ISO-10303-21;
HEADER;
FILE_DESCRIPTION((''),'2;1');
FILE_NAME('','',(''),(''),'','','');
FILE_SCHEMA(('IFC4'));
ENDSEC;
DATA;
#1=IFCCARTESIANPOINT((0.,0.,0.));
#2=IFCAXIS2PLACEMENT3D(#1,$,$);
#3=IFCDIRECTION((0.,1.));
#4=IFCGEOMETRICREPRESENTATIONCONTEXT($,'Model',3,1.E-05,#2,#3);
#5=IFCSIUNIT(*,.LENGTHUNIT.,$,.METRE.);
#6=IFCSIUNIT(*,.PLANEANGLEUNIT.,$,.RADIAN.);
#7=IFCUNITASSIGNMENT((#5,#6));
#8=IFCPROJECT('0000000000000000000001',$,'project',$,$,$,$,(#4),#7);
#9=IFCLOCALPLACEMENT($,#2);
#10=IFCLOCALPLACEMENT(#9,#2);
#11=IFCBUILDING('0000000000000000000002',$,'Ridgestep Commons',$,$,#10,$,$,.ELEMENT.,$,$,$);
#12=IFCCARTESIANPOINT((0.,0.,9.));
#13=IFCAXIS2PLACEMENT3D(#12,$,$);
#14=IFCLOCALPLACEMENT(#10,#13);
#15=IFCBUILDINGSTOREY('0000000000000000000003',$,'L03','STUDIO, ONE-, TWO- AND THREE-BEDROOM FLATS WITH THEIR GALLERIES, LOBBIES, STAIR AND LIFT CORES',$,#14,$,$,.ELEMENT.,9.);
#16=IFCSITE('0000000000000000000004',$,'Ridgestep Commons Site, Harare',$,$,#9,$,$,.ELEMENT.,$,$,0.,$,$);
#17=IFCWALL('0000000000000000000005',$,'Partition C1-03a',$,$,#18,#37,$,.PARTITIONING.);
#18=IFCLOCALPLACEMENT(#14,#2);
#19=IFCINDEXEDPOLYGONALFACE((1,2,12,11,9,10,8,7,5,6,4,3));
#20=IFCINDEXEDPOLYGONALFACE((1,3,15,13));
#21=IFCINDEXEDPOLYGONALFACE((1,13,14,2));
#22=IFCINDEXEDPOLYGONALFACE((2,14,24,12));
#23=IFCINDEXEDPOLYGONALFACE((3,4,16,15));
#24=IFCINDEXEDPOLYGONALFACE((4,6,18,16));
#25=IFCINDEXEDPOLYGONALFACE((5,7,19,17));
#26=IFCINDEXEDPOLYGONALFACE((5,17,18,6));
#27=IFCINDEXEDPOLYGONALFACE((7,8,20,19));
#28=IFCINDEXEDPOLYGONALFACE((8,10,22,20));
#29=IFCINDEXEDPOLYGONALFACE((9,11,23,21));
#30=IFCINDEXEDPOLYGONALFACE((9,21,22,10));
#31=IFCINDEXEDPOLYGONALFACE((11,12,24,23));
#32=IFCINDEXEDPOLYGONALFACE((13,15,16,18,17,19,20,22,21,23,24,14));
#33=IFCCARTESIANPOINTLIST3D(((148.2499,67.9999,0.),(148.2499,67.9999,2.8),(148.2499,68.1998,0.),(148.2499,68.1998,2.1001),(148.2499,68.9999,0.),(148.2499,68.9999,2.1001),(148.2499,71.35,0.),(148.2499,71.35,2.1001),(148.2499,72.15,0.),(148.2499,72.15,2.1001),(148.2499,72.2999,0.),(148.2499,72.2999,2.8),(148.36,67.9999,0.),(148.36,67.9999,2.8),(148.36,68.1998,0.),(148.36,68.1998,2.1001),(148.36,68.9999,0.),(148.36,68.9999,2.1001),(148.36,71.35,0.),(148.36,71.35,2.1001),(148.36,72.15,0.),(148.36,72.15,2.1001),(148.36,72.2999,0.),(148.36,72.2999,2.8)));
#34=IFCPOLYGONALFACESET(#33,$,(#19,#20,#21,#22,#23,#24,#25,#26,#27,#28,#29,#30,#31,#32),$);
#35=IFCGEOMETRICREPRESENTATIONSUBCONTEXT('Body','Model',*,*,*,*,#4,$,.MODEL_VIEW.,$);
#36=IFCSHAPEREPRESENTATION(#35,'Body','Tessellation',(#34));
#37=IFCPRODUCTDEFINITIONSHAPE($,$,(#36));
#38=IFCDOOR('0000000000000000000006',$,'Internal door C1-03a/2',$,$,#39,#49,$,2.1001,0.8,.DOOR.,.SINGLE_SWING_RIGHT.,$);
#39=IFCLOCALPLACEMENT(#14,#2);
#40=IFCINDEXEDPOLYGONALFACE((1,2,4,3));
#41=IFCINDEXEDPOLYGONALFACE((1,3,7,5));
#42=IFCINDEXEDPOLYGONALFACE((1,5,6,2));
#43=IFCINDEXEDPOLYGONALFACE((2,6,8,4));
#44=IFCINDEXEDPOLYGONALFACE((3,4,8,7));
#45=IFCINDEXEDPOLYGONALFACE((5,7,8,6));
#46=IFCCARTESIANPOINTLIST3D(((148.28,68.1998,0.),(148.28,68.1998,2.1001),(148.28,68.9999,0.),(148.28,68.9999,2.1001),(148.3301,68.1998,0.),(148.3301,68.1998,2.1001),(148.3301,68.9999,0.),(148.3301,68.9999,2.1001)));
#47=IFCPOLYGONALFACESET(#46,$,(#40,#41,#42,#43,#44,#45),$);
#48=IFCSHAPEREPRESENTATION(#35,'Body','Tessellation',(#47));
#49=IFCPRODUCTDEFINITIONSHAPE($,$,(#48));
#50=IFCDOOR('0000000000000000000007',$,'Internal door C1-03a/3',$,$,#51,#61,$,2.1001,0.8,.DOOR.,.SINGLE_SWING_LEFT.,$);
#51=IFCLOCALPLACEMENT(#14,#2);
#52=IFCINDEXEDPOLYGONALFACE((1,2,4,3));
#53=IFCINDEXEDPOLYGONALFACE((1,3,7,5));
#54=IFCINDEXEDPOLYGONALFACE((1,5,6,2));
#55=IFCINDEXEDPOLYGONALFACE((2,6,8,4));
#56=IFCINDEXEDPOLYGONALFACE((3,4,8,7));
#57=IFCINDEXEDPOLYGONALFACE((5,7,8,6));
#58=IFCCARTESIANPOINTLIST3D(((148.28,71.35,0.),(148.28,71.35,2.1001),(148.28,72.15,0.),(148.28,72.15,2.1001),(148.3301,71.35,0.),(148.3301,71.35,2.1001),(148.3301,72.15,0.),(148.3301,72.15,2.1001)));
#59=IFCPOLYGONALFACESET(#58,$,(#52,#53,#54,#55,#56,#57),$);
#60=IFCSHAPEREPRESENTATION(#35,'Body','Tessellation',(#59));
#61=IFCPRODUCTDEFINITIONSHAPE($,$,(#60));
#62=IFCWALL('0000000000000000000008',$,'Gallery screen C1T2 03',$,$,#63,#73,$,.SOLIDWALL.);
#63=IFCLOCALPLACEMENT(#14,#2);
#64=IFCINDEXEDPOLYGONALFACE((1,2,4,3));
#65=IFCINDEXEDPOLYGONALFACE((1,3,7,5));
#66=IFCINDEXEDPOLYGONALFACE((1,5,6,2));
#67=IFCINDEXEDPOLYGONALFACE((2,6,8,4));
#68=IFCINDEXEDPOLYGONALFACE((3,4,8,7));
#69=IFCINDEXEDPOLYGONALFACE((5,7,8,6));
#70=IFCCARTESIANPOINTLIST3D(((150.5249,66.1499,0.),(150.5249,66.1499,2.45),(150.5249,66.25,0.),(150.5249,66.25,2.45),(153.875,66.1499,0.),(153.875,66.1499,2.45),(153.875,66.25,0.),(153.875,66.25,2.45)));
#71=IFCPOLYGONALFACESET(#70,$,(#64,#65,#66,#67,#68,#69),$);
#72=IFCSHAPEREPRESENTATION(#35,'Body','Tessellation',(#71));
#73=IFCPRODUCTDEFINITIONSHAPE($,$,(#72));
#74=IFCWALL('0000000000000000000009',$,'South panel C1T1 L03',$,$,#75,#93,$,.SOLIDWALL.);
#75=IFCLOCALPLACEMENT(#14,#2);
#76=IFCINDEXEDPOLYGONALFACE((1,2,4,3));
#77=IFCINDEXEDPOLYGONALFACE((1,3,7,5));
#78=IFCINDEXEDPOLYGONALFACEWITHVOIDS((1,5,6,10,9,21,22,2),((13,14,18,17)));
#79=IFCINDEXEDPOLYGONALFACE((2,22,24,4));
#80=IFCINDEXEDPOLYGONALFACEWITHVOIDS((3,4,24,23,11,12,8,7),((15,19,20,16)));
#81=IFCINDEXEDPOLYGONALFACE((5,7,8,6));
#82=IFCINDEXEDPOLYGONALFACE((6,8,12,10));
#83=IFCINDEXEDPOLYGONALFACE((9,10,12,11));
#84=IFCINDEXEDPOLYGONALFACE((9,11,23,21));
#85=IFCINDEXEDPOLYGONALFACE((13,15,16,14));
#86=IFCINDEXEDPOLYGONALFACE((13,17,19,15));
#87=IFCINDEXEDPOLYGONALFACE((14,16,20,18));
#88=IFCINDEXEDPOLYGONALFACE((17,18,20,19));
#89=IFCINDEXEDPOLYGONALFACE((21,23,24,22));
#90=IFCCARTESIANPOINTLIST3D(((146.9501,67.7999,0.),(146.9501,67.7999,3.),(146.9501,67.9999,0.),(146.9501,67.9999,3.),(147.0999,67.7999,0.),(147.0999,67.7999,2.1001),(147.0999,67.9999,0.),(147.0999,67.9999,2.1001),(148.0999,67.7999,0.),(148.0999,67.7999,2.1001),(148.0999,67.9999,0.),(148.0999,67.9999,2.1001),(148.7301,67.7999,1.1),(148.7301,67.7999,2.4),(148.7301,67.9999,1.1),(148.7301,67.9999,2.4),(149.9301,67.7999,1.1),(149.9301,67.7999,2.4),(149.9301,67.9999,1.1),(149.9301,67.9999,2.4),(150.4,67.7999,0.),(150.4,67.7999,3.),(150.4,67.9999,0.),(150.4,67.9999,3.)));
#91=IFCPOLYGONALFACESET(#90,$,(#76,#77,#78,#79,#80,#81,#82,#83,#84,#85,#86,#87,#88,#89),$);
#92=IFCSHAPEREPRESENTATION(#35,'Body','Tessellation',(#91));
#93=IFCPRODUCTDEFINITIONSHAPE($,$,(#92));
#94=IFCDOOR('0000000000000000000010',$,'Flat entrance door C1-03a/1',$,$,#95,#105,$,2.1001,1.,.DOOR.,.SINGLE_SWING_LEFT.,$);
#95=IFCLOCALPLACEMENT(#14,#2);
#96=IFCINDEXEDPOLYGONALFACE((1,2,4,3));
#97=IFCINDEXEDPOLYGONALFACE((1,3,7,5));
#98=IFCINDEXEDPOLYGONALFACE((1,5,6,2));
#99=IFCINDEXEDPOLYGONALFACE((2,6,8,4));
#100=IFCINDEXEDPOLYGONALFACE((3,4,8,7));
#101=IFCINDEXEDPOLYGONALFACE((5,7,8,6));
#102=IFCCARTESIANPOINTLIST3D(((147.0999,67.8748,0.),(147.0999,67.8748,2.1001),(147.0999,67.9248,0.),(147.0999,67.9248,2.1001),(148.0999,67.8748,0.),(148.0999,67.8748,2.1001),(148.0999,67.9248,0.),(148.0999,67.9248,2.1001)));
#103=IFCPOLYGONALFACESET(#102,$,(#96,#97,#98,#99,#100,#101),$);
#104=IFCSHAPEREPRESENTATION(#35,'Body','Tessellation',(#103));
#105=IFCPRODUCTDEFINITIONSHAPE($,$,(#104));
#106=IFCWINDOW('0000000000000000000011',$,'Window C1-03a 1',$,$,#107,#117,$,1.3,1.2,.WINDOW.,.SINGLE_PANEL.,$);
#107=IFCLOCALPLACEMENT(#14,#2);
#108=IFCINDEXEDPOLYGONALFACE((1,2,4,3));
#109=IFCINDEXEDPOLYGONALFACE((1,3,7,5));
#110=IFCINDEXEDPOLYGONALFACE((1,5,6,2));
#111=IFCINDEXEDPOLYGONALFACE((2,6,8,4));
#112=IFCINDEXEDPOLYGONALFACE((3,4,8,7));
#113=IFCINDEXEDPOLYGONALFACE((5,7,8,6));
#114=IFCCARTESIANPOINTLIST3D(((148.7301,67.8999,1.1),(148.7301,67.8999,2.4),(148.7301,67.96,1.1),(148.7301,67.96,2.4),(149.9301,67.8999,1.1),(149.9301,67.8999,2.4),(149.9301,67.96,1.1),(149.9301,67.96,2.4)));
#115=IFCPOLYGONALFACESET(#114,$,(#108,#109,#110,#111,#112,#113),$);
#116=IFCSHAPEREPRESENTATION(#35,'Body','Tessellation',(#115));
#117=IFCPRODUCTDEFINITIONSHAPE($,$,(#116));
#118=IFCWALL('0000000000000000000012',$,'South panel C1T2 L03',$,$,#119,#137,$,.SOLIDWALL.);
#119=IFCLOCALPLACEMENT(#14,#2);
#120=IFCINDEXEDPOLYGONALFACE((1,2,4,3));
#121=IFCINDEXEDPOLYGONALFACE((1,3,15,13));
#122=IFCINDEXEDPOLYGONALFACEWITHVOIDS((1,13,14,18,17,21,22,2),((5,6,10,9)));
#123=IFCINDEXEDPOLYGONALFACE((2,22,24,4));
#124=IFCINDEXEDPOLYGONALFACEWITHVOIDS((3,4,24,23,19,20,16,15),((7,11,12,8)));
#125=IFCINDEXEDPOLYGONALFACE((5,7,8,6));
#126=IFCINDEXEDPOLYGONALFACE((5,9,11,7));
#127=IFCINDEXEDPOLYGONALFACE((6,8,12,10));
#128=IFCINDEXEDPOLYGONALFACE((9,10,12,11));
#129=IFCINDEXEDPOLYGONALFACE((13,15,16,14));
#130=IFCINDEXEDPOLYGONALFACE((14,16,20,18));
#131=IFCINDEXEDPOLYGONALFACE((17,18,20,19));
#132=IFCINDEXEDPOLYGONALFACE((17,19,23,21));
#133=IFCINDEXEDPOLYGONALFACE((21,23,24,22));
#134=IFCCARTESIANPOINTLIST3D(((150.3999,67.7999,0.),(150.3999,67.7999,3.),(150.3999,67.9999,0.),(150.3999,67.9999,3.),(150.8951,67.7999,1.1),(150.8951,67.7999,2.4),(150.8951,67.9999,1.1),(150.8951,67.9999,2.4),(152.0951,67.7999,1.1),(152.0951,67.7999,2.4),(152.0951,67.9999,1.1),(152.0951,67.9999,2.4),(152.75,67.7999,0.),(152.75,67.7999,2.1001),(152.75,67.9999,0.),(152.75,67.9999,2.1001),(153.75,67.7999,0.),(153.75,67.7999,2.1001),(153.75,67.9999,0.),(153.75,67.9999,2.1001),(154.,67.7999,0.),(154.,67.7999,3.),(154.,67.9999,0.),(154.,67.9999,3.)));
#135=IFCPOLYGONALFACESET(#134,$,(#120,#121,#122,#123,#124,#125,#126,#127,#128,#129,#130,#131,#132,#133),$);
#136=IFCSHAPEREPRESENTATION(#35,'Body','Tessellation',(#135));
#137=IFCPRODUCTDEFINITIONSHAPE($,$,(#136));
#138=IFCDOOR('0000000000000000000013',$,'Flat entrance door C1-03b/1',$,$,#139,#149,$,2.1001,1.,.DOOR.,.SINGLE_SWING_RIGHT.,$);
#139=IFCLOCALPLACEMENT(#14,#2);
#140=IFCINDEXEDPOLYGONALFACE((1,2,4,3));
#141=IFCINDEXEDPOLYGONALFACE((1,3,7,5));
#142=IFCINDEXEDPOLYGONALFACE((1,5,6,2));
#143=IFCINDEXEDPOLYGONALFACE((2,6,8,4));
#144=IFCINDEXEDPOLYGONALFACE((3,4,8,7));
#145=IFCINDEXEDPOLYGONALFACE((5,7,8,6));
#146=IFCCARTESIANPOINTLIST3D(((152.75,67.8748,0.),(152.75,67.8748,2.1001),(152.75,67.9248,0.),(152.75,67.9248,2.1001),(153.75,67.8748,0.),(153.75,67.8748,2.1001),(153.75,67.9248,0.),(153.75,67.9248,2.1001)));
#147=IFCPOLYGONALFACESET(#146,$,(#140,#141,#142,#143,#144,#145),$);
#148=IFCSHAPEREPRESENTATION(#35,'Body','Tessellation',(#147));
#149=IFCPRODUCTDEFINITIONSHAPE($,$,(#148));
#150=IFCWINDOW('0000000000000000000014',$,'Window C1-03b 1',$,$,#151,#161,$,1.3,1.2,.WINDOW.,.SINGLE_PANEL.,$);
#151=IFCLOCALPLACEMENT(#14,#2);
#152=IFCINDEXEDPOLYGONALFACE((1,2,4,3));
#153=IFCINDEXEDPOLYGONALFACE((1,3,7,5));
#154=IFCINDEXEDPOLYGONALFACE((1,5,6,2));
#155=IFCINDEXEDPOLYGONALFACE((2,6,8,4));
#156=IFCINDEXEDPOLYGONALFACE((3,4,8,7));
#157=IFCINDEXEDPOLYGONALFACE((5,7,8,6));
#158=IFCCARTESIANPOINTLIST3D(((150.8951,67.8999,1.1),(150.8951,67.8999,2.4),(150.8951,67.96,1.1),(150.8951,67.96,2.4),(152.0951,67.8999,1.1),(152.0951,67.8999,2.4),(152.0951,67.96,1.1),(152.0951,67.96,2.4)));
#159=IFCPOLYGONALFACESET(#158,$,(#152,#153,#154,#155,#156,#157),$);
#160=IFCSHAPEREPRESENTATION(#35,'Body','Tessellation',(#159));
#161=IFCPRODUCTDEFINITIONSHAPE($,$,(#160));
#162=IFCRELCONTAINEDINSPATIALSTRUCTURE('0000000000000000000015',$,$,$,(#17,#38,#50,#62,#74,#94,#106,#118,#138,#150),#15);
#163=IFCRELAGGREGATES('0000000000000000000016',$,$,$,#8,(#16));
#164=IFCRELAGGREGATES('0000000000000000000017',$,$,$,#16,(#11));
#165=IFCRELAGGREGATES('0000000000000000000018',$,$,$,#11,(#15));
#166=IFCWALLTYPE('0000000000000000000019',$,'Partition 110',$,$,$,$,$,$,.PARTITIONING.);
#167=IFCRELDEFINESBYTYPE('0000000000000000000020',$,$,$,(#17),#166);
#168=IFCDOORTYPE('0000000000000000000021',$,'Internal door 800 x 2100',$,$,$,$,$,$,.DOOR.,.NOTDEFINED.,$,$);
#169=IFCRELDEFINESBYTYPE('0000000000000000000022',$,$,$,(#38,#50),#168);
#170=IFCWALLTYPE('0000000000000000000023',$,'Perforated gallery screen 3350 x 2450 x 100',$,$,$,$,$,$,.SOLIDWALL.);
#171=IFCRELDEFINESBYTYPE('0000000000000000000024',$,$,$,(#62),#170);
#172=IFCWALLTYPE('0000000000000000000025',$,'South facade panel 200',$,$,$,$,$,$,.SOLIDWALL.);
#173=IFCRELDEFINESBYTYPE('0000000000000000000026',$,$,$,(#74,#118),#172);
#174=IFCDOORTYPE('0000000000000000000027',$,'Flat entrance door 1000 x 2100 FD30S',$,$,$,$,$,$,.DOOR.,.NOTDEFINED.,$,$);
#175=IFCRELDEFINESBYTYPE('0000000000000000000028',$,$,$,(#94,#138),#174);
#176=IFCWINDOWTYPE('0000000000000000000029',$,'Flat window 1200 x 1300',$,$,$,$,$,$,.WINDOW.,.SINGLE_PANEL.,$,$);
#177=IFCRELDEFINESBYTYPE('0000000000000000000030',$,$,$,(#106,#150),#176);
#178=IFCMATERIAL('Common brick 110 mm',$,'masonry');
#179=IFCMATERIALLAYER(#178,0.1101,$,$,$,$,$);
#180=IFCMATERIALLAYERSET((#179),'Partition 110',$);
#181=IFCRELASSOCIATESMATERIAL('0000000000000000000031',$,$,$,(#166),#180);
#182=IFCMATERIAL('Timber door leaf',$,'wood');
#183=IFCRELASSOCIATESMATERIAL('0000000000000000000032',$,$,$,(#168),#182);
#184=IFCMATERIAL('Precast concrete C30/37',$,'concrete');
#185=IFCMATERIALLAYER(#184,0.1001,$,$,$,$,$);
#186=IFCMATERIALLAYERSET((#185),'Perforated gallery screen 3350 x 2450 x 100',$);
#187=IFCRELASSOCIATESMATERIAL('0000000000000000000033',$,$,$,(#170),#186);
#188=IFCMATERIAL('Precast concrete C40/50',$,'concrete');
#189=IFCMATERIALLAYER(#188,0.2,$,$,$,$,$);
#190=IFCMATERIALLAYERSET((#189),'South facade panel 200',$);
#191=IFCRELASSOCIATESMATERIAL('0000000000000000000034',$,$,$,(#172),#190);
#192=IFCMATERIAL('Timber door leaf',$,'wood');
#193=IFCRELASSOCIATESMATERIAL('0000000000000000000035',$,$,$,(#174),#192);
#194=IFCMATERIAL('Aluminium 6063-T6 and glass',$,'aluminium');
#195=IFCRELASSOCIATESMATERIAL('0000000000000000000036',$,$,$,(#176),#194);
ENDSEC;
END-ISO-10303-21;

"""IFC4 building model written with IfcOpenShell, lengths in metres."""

from ifc_helpers import new_model, si_unit, direction, frame, frame_2d, origin, place, context, subcontext, project, spatial, rectangle, extrude, material, layer, layer_set, type_object, element, fill, save


model = new_model("IFC4")

# Units and contexts
model_context = context("Model", 3, precision=1e-05, world=origin(), true_north=direction((0.0, 1.0)))
body_context = subcontext(model_context, "Body", "Model", "MODEL_VIEW")
ifc_project = project(units=[si_unit("LENGTHUNIT", "METRE"), si_unit("PLANEANGLEUNIT", "RADIAN")], contexts=[model_context])

# Site, building, storey
site_placement = place(None, origin())
site = spatial("IfcSite", under=ifc_project, at=site_placement, Name="Ridgestep Commons Site, Harare", CompositionType="ELEMENT", RefElevation=0.0)
building_placement = place(site_placement, origin())
building = spatial("IfcBuilding", under=site, at=building_placement, Name="Ridgestep Commons", CompositionType="ELEMENT")
storey_placement = place(building_placement, frame((0.0, 0.0, 9.0)))
storey = spatial("IfcBuildingStorey", under=building, at=storey_placement, Name="L03", Description="STUDIO, ONE-, TWO- AND THREE-BEDROOM FLATS WITH THEIR GALLERIES, LOBBIES, STAIR AND LIFT CORES", CompositionType="ELEMENT", Elevation=9.0)

# Wall, openings, doors
ifc_material_1 = material(Name="Common brick 110 mm", Category="masonry")
ifc_layer_1 = layer(ifc_material_1, 0.1101)
ifc_layer_set_1 = layer_set([ifc_layer_1], Name="Partition 110")
wall_type_1 = type_object("IfcWallType", Name="Partition 110", PredefinedType="PARTITIONING", material=ifc_layer_set_1)
wall_1_placement = place(storey_placement, frame((148.3049, 68.0, 0.0), z_axis=(0.0, 0.0, 1.0), x_axis=(0.0, 1.0, 0.0)))
wall_1 = element("IfcWall", 1, at=wall_1_placement, inside=storey, type_object=wall_type_1, Name="Partition C1-03a", PredefinedType="PARTITIONING", context=body_context, shape_type="SweptSolid", body=[
    extrude(rectangle(XDim=4.3, YDim=0.1101, at=frame_2d((2.1499, 0.0))), origin(), (0.0, 0.0, 1.0), 2.8),
])
opening_1_placement = place(wall_1_placement, frame((0.2, 0.0, 0.0)))
opening_1 = element("IfcOpeningElement", 2, at=opening_1_placement, cuts=wall_1, PredefinedType="OPENING", context=body_context, shape_type="SweptSolid", body=[
    extrude(rectangle(XDim=0.8, YDim=2.1001, at=frame_2d((0.3999, 1.05))), frame((0.0, 0.0649, 0.0), z_axis=(0.0, -1.0, 0.0), x_axis=(1.0, 0.0, 0.0)), (0.0, 0.0, 1.0), 0.1301),
])
opening_2_placement = place(wall_1_placement, frame((3.3501, 0.0, 0.0)))
opening_2 = element("IfcOpeningElement", 3, at=opening_2_placement, cuts=wall_1, PredefinedType="OPENING", context=body_context, shape_type="SweptSolid", body=[
    extrude(rectangle(XDim=0.8, YDim=2.1001, at=frame_2d((0.3999, 1.05))), frame((0.0, 0.0649, 0.0), z_axis=(0.0, -1.0, 0.0), x_axis=(1.0, 0.0, 0.0)), (0.0, 0.0, 1.0), 0.1301),
])
ifc_material_2 = material(Name="Timber door leaf", Category="wood")
door_type_1 = type_object("IfcDoorType", Name="Internal door 800 x 2100", OperationType="NOTDEFINED", PredefinedType="DOOR", material=ifc_material_2)
door_1_placement = place(opening_1_placement, origin())
door_1 = element("IfcDoor", 4, at=door_1_placement, inside=storey, type_object=door_type_1, Name="Internal door C1-03a/2", OperationType="SINGLE_SWING_RIGHT", OverallHeight=2.1001, OverallWidth=0.8, PredefinedType="DOOR", context=body_context, shape_type="SweptSolid", body=[
    extrude(rectangle(XDim=0.8, YDim=2.1001, at=frame_2d((0.3999, 1.05))), frame((0.0, 0.0249, 0.0), z_axis=(0.0, -1.0, 0.0), x_axis=(1.0, 0.0, 0.0)), (0.0, 0.0, 1.0), 0.05),
])
fill(opening_1, door_1)
door_2_placement = place(opening_2_placement, origin())
door_2 = element("IfcDoor", 5, at=door_2_placement, inside=storey, type_object=door_type_1, Name="Internal door C1-03a/3", OperationType="SINGLE_SWING_LEFT", OverallHeight=2.1001, OverallWidth=0.8, PredefinedType="DOOR", context=body_context, shape_type="SweptSolid", body=[
    extrude(rectangle(XDim=0.8, YDim=2.1001, at=frame_2d((0.3999, 1.05))), frame((0.0, 0.0249, 0.0), z_axis=(0.0, -1.0, 0.0), x_axis=(1.0, 0.0, 0.0)), (0.0, 0.0, 1.0), 0.05),
])
fill(opening_2, door_2)

# Wall
ifc_material_3 = material(Name="Precast concrete C30/37", Category="concrete")
ifc_layer_2 = layer(ifc_material_3, 0.1001)
ifc_layer_set_2 = layer_set([ifc_layer_2], Name="Perforated gallery screen 3350 x 2450 x 100")
wall_type_2 = type_object("IfcWallType", Name="Perforated gallery screen 3350 x 2450 x 100", PredefinedType="SOLIDWALL", material=ifc_layer_set_2)
wall_2_placement = place(storey_placement, frame((150.5249, 66.2, 0.0), z_axis=(0.0, 0.0, 1.0), x_axis=(1.0, 0.0, 0.0)))
element("IfcWall", 6, at=wall_2_placement, inside=storey, type_object=wall_type_2, Name="Gallery screen C1T2 03", PredefinedType="SOLIDWALL", context=body_context, shape_type="SweptSolid", body=[
    extrude(rectangle(XDim=3.3501, YDim=0.1001, at=frame_2d((1.675, 0.0))), origin(), (0.0, 0.0, 1.0), 2.45),
])

# Walls, openings, doors, windows
ifc_material_4 = material(Name="Precast concrete C40/50", Category="concrete")
ifc_layer_3 = layer(ifc_material_4, 0.2)
ifc_layer_set_3 = layer_set([ifc_layer_3], Name="South facade panel 200")
wall_type_3 = type_object("IfcWallType", Name="South facade panel 200", PredefinedType="SOLIDWALL", material=ifc_layer_set_3)
wall_3_placement = place(storey_placement, frame((146.95, 67.8999, 0.0), z_axis=(0.0, 0.0, 1.0), x_axis=(1.0, 0.0, 0.0)))
wall_3 = element("IfcWall", 7, at=wall_3_placement, inside=storey, type_object=wall_type_3, Name="South panel C1T1 L03", PredefinedType="SOLIDWALL", context=body_context, shape_type="SweptSolid", body=[
    extrude(rectangle(XDim=3.45, YDim=0.2, at=frame_2d((1.7251, 0.0))), origin(), (0.0, 0.0, 1.0), 3.0),
])
opening_3_placement = place(wall_3_placement, frame((1.78, 0.0, 1.1001)))
opening_3 = element("IfcOpeningElement", 8, at=opening_3_placement, cuts=wall_3, PredefinedType="OPENING", context=body_context, shape_type="SweptSolid", body=[
    extrude(rectangle(XDim=1.2, YDim=1.3, at=frame_2d((0.6001, 0.6499))), frame((0.0, 0.1099, 0.0), z_axis=(0.0, -1.0, 0.0), x_axis=(1.0, 0.0, 0.0)), (0.0, 0.0, 1.0), 0.22),
])
opening_4_placement = place(wall_3_placement, frame((0.1499, 0.0, 0.0)))
opening_4 = element("IfcOpeningElement", 9, at=opening_4_placement, cuts=wall_3, PredefinedType="OPENING", context=body_context, shape_type="SweptSolid", body=[
    extrude(rectangle(XDim=1.0, YDim=2.1001, at=frame_2d((0.5, 1.05))), frame((0.0, 0.1099, 0.0), z_axis=(0.0, -1.0, 0.0), x_axis=(1.0, 0.0, 0.0)), (0.0, 0.0, 1.0), 0.22),
])
ifc_material_5 = material(Name="Timber door leaf", Category="wood")
door_type_2 = type_object("IfcDoorType", Name="Flat entrance door 1000 x 2100 FD30S", OperationType="NOTDEFINED", PredefinedType="DOOR", material=ifc_material_5)
door_3_placement = place(opening_4_placement, origin())
door_3 = element("IfcDoor", 10, at=door_3_placement, inside=storey, type_object=door_type_2, Name="Flat entrance door C1-03a/1", OperationType="SINGLE_SWING_LEFT", OverallHeight=2.1001, OverallWidth=1.0, PredefinedType="DOOR", context=body_context, shape_type="SweptSolid", body=[
    extrude(rectangle(XDim=1.0, YDim=2.1001, at=frame_2d((0.5, 1.05))), frame((0.0, 0.0249, 0.0), z_axis=(0.0, -1.0, 0.0), x_axis=(1.0, 0.0, 0.0)), (0.0, 0.0, 1.0), 0.05),
])
fill(opening_4, door_3)
ifc_material_6 = material(Name="Aluminium 6063-T6 and glass", Category="aluminium")
window_type = type_object("IfcWindowType", Name="Flat window 1200 x 1300", PartitioningType="SINGLE_PANEL", PredefinedType="WINDOW", material=ifc_material_6)
window_1_placement = place(opening_3_placement, origin())
window_1 = element("IfcWindow", 11, at=window_1_placement, inside=storey, type_object=window_type, Name="Window C1-03a 1", OverallHeight=1.3, OverallWidth=1.2, PartitioningType="SINGLE_PANEL", PredefinedType="WINDOW", context=body_context, shape_type="SweptSolid", body=[
    extrude(rectangle(XDim=1.2, YDim=1.3, at=frame_2d((0.6001, 0.6499))), frame((0.0, 0.0601, 0.0), z_axis=(0.0, -1.0, 0.0), x_axis=(1.0, 0.0, 0.0)), (0.0, 0.0, 1.0), 0.0601),
])
fill(opening_3, window_1)
wall_4_placement = place(storey_placement, frame((150.3999, 67.8999, 0.0), z_axis=(0.0, 0.0, 1.0), x_axis=(1.0, 0.0, 0.0)))
wall_4 = element("IfcWall", 12, at=wall_4_placement, inside=storey, type_object=wall_type_3, Name="South panel C1T2 L03", PredefinedType="SOLIDWALL", context=body_context, shape_type="SweptSolid", body=[
    extrude(rectangle(XDim=3.6001, YDim=0.2, at=frame_2d((1.8, 0.0))), origin(), (0.0, 0.0, 1.0), 3.0),
])
opening_5_placement = place(wall_4_placement, frame((0.4951, 0.0, 1.1001)))
opening_5 = element("IfcOpeningElement", 13, at=opening_5_placement, cuts=wall_4, PredefinedType="OPENING", context=body_context, shape_type="SweptSolid", body=[
    extrude(rectangle(XDim=1.2, YDim=1.3, at=frame_2d((0.6001, 0.6499))), frame((0.0, 0.1099, 0.0), z_axis=(0.0, -1.0, 0.0), x_axis=(1.0, 0.0, 0.0)), (0.0, 0.0, 1.0), 0.22),
])
opening_6_placement = place(wall_4_placement, frame((2.3501, 0.0, 0.0)))
opening_6 = element("IfcOpeningElement", 14, at=opening_6_placement, cuts=wall_4, PredefinedType="OPENING", context=body_context, shape_type="SweptSolid", body=[
    extrude(rectangle(XDim=1.0, YDim=2.1001, at=frame_2d((0.5, 1.05))), frame((0.0, 0.1099, 0.0), z_axis=(0.0, -1.0, 0.0), x_axis=(1.0, 0.0, 0.0)), (0.0, 0.0, 1.0), 0.22),
])
door_4_placement = place(opening_6_placement, origin())
door_4 = element("IfcDoor", 15, at=door_4_placement, inside=storey, type_object=door_type_2, Name="Flat entrance door C1-03b/1", OperationType="SINGLE_SWING_RIGHT", OverallHeight=2.1001, OverallWidth=1.0, PredefinedType="DOOR", context=body_context, shape_type="SweptSolid", body=[
    extrude(rectangle(XDim=1.0, YDim=2.1001, at=frame_2d((0.5, 1.05))), frame((0.0, 0.0249, 0.0), z_axis=(0.0, -1.0, 0.0), x_axis=(1.0, 0.0, 0.0)), (0.0, 0.0, 1.0), 0.05),
])
fill(opening_6, door_4)
window_2_placement = place(opening_5_placement, origin())
window_2 = element("IfcWindow", 16, at=window_2_placement, inside=storey, type_object=window_type, Name="Window C1-03b 1", OverallHeight=1.3, OverallWidth=1.2, PartitioningType="SINGLE_PANEL", PredefinedType="WINDOW", context=body_context, shape_type="SweptSolid", body=[
    extrude(rectangle(XDim=1.2, YDim=1.3, at=frame_2d((0.6001, 0.6499))), frame((0.0, 0.0601, 0.0), z_axis=(0.0, -1.0, 0.0), x_axis=(1.0, 0.0, 0.0)), (0.0, 0.0, 1.0), 0.0601),
])
fill(opening_5, window_2)

save(model, "model.ifc")
